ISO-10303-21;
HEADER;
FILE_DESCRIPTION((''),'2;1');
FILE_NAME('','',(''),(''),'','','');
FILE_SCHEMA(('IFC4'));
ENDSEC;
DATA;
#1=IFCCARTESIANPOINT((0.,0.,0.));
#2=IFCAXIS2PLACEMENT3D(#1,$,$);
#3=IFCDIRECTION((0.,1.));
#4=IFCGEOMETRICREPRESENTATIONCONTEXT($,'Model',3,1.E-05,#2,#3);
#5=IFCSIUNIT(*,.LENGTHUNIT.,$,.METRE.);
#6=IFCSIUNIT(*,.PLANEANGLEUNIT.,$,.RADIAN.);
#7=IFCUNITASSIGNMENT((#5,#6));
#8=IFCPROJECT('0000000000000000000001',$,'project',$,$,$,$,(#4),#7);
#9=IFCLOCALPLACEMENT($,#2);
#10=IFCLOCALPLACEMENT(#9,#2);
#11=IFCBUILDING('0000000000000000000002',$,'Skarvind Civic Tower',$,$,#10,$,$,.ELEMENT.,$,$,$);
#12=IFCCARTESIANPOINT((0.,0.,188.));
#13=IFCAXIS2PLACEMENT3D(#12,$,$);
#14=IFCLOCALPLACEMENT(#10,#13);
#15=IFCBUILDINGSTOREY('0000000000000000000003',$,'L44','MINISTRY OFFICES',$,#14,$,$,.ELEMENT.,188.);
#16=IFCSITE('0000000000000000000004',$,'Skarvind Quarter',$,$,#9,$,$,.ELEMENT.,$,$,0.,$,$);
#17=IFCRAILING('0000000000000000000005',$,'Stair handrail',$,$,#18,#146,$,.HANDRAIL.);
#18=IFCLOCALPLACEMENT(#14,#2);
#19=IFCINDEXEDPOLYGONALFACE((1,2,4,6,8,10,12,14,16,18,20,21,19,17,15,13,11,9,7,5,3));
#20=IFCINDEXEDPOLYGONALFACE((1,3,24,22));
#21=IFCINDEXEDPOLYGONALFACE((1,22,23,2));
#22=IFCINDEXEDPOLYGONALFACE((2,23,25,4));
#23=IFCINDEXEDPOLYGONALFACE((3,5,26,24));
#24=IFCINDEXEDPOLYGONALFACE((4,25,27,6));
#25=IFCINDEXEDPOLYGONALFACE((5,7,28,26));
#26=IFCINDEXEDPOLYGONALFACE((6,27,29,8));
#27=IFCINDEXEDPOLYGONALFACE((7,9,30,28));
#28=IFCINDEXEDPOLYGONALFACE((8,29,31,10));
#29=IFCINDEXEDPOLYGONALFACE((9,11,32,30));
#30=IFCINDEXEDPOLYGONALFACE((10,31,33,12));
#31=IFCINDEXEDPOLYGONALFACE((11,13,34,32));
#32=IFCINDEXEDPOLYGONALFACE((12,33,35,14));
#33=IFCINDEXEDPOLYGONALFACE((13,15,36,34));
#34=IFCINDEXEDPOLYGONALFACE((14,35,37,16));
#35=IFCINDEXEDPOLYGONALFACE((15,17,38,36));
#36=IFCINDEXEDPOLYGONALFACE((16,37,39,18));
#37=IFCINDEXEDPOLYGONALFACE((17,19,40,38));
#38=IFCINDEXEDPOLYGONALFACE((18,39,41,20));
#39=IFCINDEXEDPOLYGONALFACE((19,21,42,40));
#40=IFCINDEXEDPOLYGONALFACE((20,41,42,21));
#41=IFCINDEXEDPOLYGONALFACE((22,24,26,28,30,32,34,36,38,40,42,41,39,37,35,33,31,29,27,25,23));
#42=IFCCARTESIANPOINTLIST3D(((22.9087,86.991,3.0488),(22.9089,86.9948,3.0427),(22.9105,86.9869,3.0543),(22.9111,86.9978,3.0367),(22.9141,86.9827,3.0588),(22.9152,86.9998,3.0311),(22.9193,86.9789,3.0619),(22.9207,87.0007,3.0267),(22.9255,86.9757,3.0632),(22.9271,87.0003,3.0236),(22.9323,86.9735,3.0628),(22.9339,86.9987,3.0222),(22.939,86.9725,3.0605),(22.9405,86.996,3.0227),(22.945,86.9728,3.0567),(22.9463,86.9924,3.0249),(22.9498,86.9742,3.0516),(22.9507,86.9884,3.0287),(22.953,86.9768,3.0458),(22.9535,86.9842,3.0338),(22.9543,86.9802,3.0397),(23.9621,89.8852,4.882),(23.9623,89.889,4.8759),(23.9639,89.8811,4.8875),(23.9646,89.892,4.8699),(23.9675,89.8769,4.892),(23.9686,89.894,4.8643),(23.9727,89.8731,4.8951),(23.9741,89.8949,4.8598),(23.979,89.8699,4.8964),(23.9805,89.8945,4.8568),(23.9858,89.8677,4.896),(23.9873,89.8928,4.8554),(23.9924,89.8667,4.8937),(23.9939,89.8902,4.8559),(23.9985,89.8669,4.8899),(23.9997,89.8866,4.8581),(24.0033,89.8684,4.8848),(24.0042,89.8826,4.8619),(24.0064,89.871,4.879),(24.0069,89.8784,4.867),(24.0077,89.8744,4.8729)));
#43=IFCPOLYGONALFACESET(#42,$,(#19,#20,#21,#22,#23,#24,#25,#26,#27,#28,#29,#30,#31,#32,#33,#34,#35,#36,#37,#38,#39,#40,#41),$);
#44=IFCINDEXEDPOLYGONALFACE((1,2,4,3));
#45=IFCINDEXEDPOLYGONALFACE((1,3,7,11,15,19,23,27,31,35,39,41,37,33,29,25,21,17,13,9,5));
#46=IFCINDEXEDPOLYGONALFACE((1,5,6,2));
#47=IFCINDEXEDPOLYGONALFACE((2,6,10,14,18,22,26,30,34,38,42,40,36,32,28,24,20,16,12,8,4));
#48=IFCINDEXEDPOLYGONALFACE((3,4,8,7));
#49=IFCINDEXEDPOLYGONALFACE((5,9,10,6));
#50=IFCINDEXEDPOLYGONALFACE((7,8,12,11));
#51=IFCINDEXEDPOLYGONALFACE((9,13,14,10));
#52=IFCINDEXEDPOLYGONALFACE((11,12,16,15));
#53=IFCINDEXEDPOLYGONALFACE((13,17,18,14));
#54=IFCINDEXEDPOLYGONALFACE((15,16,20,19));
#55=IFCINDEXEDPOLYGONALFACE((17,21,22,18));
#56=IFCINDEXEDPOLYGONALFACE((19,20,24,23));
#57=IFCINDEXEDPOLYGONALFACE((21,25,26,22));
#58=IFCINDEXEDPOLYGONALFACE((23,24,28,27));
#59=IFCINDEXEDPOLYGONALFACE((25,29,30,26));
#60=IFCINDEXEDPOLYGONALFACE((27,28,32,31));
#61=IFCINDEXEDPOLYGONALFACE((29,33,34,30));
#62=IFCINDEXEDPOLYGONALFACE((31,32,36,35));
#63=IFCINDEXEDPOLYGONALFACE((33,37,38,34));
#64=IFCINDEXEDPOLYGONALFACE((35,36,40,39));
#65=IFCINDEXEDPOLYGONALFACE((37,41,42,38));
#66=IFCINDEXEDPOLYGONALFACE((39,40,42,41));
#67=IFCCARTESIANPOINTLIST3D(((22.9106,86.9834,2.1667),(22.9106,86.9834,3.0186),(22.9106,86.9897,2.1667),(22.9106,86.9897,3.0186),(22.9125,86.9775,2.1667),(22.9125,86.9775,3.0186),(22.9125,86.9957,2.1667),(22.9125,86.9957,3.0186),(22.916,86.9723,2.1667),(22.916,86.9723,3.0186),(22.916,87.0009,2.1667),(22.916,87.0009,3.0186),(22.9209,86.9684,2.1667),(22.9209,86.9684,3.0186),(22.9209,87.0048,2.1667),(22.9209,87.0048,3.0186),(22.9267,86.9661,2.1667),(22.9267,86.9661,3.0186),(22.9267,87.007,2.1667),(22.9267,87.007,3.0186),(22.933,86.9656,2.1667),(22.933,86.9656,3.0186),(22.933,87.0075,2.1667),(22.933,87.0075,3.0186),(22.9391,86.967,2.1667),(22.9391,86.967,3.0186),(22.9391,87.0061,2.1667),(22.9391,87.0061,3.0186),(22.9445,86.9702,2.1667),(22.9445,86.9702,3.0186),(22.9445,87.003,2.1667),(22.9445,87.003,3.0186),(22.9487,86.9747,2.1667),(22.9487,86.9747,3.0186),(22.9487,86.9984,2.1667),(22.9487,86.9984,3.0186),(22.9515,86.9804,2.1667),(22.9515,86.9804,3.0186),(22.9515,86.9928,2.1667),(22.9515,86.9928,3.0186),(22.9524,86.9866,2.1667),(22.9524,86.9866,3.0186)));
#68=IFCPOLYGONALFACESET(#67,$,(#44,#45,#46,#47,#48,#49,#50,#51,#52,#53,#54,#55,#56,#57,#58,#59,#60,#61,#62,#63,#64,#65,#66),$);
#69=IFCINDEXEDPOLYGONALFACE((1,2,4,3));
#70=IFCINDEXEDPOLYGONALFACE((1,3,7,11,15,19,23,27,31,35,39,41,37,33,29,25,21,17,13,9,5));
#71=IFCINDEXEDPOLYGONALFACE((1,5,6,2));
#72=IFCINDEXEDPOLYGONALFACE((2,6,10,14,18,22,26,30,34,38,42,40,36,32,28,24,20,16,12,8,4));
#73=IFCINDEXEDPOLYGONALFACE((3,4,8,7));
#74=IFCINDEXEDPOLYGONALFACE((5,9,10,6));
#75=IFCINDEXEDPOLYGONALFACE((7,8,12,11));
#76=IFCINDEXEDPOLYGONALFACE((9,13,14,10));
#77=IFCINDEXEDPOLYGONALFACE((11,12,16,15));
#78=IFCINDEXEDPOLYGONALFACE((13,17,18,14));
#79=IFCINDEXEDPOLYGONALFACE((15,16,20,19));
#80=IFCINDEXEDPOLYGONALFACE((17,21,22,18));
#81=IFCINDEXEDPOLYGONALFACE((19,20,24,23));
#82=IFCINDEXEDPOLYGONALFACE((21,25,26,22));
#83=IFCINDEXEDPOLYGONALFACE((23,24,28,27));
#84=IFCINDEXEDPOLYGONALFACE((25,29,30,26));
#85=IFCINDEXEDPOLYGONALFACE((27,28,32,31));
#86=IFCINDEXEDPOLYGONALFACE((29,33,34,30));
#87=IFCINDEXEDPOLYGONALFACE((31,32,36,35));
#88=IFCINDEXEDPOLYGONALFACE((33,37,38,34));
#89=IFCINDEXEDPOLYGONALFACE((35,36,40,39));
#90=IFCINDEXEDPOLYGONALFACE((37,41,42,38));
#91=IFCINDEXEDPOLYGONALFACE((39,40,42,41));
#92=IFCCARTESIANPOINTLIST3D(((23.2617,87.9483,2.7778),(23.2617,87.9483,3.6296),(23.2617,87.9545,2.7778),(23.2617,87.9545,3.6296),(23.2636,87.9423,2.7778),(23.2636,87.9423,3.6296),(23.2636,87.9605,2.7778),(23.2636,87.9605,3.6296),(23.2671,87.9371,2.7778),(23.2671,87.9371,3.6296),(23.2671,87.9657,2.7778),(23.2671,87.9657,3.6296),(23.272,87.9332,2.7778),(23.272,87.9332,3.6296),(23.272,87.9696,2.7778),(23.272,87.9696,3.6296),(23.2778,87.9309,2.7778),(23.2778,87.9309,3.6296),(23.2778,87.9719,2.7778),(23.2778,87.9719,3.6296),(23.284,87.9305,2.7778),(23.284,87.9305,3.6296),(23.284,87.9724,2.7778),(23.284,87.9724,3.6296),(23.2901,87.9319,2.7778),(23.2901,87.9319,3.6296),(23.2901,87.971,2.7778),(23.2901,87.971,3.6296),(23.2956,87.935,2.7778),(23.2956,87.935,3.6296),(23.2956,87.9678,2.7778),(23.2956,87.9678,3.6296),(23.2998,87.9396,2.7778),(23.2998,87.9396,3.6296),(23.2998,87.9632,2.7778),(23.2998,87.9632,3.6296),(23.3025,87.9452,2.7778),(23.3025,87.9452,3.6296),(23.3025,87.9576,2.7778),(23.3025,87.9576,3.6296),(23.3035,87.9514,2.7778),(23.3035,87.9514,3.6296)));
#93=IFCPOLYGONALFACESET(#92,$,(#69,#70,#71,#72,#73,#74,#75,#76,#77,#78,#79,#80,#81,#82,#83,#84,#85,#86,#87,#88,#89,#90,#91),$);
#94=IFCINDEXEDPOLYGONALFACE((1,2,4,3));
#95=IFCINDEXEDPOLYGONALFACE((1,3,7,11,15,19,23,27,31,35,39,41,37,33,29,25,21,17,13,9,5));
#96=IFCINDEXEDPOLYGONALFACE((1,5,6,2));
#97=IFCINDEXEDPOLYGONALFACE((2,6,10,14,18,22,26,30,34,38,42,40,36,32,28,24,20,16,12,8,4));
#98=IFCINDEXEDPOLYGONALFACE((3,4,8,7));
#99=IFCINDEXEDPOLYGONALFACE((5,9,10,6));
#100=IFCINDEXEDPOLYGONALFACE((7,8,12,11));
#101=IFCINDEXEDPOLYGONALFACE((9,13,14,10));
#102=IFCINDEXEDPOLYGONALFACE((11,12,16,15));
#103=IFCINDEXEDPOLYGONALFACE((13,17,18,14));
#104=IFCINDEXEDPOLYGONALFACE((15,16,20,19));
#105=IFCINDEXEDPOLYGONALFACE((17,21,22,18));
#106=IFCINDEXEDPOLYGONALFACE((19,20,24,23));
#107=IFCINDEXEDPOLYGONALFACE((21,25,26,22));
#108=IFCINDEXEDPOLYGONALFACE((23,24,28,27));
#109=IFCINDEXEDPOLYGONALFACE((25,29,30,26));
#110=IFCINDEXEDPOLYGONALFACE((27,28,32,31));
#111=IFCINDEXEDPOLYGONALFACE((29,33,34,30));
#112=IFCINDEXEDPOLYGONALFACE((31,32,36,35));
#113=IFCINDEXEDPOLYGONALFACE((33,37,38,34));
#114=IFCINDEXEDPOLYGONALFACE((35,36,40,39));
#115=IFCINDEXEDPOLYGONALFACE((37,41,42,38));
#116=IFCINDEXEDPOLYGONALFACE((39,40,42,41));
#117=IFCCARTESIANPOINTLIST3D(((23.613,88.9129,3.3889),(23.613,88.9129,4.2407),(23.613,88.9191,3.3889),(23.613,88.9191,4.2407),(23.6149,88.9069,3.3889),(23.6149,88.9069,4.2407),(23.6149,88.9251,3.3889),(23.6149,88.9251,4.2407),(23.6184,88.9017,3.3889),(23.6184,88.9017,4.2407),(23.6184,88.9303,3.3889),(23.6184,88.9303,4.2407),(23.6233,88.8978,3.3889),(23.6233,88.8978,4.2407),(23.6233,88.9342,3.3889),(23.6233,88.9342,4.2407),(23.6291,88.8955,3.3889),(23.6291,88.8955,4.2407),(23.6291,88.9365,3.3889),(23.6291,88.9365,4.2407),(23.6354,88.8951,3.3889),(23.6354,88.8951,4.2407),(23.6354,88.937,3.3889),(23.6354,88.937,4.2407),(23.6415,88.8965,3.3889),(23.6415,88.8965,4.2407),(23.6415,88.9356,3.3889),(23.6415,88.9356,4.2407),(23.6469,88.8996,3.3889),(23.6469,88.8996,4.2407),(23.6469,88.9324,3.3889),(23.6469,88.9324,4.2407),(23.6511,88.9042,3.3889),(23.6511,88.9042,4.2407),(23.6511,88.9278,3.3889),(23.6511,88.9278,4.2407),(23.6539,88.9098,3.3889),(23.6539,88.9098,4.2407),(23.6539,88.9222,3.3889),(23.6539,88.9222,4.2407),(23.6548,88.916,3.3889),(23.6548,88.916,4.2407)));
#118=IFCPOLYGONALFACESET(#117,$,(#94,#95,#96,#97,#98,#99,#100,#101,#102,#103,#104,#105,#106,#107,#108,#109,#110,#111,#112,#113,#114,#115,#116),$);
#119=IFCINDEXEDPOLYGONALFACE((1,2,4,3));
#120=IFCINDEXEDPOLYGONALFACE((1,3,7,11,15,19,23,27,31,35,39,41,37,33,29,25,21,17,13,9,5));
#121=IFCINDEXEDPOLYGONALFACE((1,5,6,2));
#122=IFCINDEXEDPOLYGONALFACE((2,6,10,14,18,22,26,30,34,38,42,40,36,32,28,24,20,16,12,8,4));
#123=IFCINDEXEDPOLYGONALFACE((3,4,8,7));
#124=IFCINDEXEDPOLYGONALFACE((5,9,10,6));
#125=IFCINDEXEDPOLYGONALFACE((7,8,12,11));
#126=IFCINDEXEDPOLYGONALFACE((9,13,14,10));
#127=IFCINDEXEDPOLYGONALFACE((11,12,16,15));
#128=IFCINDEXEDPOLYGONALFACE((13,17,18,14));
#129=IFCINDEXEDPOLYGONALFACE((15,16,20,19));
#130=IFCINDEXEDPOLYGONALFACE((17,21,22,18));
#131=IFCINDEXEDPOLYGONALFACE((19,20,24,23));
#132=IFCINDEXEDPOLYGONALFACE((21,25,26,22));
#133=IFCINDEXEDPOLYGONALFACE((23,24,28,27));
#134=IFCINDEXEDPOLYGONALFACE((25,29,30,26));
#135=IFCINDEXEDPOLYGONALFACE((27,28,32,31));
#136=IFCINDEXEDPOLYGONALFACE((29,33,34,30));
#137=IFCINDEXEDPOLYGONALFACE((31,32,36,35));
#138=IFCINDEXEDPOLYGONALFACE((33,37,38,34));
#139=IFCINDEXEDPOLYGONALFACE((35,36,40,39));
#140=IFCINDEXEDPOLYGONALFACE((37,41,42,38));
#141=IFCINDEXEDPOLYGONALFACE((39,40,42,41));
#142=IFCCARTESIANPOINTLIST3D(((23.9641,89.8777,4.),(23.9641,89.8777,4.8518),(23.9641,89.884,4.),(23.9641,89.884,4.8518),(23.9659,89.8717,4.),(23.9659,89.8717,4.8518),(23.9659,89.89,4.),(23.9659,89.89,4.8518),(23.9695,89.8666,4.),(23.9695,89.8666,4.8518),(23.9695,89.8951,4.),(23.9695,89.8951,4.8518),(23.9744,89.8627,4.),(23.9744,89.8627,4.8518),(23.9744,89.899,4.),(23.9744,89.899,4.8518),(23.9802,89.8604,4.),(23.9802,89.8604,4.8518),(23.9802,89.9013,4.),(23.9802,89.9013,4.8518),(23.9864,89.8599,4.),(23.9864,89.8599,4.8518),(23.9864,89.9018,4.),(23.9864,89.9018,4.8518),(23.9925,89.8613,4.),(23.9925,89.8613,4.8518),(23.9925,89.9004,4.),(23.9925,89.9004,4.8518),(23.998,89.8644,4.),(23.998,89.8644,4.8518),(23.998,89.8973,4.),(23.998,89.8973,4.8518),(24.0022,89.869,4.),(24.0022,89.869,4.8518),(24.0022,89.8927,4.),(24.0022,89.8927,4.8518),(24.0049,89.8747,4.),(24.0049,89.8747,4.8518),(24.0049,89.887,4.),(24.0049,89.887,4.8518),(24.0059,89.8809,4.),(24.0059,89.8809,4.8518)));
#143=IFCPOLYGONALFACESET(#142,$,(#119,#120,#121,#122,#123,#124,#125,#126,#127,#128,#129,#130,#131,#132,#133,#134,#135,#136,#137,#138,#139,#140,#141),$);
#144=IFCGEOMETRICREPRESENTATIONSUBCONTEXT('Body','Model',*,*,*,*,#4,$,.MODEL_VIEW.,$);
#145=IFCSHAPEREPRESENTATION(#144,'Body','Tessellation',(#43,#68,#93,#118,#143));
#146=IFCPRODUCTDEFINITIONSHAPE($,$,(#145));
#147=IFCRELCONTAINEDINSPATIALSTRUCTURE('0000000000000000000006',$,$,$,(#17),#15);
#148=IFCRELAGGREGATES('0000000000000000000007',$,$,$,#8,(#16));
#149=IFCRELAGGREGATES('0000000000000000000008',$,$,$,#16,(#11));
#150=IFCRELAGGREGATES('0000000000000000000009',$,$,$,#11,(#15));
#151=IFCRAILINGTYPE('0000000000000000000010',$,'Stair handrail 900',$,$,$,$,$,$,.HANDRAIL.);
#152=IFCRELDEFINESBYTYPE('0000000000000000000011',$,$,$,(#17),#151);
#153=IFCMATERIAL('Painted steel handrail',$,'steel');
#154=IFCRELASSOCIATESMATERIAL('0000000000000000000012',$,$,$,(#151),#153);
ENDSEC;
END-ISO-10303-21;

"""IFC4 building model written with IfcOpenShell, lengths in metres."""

from ifc_helpers import new_model, si_unit, direction, frame, origin, origin_2d, place, context, subcontext, project, spatial, circle, extrude, material, type_object, element, save


model = new_model("IFC4")

# Units and contexts
model_context = context("Model", 3, precision=1e-05, world=origin(), true_north=direction((0.0, 1.0)))
body_context = subcontext(model_context, "Body", "Model", "MODEL_VIEW")
ifc_project = project(units=[si_unit("LENGTHUNIT", "METRE"), si_unit("PLANEANGLEUNIT", "RADIAN")], contexts=[model_context])

# Site, building, storey
site_placement = place(None, origin())
site = spatial("IfcSite", under=ifc_project, at=site_placement, Name="Skarvind Quarter", CompositionType="ELEMENT", RefElevation=0.0)
building_placement = place(site_placement, origin())
building = spatial("IfcBuilding", under=site, at=building_placement, Name="Skarvind Civic Tower", CompositionType="ELEMENT")
storey_placement = place(building_placement, frame((0.0, 0.0, 188.0)))
storey = spatial("IfcBuildingStorey", under=building, at=storey_placement, Name="L44", Description="MINISTRY OFFICES", CompositionType="ELEMENT", Elevation=188.0)

# Railing
ifc_material_1 = material(Name="Painted steel handrail", Category="steel")
railing_type = type_object("IfcRailingType", Name="Stair handrail 900", PredefinedType="HANDRAIL", material=ifc_material_1)
railing_1_placement = place(storey_placement, frame((22.9314, 86.9866, 2.1667)))
element("IfcRailing", 1, at=railing_1_placement, inside=storey, type_object=railing_type, Name="Stair handrail", PredefinedType="HANDRAIL", context=body_context, shape_type="SweptSolid", body=[
    extrude(circle(Radius=0.0239, at=origin_2d()), frame((0.0, 0.0, 0.876), z_axis=(0.293908, 0.807481, 0.511461), x_axis=(-0.939689, 0.342029, 0.0)), (0.0, 0.0, 1.0), 3.5842),
    extrude(circle(Radius=0.021, at=origin_2d()), origin(), (0.0, 0.0, 1.0), 0.8518),
    extrude(circle(Radius=0.021, at=origin_2d()), frame((0.3511, 0.9648, 0.6111)), (0.0, 0.0, 1.0), 0.8518),
    extrude(circle(Radius=0.021, at=origin_2d()), frame((0.7024, 1.9294, 1.2222)), (0.0, 0.0, 1.0), 0.8518),
    extrude(circle(Radius=0.021, at=origin_2d()), frame((1.0535, 2.8943, 1.8333)), (0.0, 0.0, 1.0), 0.8518),
])

save(model, "model.ifc")
